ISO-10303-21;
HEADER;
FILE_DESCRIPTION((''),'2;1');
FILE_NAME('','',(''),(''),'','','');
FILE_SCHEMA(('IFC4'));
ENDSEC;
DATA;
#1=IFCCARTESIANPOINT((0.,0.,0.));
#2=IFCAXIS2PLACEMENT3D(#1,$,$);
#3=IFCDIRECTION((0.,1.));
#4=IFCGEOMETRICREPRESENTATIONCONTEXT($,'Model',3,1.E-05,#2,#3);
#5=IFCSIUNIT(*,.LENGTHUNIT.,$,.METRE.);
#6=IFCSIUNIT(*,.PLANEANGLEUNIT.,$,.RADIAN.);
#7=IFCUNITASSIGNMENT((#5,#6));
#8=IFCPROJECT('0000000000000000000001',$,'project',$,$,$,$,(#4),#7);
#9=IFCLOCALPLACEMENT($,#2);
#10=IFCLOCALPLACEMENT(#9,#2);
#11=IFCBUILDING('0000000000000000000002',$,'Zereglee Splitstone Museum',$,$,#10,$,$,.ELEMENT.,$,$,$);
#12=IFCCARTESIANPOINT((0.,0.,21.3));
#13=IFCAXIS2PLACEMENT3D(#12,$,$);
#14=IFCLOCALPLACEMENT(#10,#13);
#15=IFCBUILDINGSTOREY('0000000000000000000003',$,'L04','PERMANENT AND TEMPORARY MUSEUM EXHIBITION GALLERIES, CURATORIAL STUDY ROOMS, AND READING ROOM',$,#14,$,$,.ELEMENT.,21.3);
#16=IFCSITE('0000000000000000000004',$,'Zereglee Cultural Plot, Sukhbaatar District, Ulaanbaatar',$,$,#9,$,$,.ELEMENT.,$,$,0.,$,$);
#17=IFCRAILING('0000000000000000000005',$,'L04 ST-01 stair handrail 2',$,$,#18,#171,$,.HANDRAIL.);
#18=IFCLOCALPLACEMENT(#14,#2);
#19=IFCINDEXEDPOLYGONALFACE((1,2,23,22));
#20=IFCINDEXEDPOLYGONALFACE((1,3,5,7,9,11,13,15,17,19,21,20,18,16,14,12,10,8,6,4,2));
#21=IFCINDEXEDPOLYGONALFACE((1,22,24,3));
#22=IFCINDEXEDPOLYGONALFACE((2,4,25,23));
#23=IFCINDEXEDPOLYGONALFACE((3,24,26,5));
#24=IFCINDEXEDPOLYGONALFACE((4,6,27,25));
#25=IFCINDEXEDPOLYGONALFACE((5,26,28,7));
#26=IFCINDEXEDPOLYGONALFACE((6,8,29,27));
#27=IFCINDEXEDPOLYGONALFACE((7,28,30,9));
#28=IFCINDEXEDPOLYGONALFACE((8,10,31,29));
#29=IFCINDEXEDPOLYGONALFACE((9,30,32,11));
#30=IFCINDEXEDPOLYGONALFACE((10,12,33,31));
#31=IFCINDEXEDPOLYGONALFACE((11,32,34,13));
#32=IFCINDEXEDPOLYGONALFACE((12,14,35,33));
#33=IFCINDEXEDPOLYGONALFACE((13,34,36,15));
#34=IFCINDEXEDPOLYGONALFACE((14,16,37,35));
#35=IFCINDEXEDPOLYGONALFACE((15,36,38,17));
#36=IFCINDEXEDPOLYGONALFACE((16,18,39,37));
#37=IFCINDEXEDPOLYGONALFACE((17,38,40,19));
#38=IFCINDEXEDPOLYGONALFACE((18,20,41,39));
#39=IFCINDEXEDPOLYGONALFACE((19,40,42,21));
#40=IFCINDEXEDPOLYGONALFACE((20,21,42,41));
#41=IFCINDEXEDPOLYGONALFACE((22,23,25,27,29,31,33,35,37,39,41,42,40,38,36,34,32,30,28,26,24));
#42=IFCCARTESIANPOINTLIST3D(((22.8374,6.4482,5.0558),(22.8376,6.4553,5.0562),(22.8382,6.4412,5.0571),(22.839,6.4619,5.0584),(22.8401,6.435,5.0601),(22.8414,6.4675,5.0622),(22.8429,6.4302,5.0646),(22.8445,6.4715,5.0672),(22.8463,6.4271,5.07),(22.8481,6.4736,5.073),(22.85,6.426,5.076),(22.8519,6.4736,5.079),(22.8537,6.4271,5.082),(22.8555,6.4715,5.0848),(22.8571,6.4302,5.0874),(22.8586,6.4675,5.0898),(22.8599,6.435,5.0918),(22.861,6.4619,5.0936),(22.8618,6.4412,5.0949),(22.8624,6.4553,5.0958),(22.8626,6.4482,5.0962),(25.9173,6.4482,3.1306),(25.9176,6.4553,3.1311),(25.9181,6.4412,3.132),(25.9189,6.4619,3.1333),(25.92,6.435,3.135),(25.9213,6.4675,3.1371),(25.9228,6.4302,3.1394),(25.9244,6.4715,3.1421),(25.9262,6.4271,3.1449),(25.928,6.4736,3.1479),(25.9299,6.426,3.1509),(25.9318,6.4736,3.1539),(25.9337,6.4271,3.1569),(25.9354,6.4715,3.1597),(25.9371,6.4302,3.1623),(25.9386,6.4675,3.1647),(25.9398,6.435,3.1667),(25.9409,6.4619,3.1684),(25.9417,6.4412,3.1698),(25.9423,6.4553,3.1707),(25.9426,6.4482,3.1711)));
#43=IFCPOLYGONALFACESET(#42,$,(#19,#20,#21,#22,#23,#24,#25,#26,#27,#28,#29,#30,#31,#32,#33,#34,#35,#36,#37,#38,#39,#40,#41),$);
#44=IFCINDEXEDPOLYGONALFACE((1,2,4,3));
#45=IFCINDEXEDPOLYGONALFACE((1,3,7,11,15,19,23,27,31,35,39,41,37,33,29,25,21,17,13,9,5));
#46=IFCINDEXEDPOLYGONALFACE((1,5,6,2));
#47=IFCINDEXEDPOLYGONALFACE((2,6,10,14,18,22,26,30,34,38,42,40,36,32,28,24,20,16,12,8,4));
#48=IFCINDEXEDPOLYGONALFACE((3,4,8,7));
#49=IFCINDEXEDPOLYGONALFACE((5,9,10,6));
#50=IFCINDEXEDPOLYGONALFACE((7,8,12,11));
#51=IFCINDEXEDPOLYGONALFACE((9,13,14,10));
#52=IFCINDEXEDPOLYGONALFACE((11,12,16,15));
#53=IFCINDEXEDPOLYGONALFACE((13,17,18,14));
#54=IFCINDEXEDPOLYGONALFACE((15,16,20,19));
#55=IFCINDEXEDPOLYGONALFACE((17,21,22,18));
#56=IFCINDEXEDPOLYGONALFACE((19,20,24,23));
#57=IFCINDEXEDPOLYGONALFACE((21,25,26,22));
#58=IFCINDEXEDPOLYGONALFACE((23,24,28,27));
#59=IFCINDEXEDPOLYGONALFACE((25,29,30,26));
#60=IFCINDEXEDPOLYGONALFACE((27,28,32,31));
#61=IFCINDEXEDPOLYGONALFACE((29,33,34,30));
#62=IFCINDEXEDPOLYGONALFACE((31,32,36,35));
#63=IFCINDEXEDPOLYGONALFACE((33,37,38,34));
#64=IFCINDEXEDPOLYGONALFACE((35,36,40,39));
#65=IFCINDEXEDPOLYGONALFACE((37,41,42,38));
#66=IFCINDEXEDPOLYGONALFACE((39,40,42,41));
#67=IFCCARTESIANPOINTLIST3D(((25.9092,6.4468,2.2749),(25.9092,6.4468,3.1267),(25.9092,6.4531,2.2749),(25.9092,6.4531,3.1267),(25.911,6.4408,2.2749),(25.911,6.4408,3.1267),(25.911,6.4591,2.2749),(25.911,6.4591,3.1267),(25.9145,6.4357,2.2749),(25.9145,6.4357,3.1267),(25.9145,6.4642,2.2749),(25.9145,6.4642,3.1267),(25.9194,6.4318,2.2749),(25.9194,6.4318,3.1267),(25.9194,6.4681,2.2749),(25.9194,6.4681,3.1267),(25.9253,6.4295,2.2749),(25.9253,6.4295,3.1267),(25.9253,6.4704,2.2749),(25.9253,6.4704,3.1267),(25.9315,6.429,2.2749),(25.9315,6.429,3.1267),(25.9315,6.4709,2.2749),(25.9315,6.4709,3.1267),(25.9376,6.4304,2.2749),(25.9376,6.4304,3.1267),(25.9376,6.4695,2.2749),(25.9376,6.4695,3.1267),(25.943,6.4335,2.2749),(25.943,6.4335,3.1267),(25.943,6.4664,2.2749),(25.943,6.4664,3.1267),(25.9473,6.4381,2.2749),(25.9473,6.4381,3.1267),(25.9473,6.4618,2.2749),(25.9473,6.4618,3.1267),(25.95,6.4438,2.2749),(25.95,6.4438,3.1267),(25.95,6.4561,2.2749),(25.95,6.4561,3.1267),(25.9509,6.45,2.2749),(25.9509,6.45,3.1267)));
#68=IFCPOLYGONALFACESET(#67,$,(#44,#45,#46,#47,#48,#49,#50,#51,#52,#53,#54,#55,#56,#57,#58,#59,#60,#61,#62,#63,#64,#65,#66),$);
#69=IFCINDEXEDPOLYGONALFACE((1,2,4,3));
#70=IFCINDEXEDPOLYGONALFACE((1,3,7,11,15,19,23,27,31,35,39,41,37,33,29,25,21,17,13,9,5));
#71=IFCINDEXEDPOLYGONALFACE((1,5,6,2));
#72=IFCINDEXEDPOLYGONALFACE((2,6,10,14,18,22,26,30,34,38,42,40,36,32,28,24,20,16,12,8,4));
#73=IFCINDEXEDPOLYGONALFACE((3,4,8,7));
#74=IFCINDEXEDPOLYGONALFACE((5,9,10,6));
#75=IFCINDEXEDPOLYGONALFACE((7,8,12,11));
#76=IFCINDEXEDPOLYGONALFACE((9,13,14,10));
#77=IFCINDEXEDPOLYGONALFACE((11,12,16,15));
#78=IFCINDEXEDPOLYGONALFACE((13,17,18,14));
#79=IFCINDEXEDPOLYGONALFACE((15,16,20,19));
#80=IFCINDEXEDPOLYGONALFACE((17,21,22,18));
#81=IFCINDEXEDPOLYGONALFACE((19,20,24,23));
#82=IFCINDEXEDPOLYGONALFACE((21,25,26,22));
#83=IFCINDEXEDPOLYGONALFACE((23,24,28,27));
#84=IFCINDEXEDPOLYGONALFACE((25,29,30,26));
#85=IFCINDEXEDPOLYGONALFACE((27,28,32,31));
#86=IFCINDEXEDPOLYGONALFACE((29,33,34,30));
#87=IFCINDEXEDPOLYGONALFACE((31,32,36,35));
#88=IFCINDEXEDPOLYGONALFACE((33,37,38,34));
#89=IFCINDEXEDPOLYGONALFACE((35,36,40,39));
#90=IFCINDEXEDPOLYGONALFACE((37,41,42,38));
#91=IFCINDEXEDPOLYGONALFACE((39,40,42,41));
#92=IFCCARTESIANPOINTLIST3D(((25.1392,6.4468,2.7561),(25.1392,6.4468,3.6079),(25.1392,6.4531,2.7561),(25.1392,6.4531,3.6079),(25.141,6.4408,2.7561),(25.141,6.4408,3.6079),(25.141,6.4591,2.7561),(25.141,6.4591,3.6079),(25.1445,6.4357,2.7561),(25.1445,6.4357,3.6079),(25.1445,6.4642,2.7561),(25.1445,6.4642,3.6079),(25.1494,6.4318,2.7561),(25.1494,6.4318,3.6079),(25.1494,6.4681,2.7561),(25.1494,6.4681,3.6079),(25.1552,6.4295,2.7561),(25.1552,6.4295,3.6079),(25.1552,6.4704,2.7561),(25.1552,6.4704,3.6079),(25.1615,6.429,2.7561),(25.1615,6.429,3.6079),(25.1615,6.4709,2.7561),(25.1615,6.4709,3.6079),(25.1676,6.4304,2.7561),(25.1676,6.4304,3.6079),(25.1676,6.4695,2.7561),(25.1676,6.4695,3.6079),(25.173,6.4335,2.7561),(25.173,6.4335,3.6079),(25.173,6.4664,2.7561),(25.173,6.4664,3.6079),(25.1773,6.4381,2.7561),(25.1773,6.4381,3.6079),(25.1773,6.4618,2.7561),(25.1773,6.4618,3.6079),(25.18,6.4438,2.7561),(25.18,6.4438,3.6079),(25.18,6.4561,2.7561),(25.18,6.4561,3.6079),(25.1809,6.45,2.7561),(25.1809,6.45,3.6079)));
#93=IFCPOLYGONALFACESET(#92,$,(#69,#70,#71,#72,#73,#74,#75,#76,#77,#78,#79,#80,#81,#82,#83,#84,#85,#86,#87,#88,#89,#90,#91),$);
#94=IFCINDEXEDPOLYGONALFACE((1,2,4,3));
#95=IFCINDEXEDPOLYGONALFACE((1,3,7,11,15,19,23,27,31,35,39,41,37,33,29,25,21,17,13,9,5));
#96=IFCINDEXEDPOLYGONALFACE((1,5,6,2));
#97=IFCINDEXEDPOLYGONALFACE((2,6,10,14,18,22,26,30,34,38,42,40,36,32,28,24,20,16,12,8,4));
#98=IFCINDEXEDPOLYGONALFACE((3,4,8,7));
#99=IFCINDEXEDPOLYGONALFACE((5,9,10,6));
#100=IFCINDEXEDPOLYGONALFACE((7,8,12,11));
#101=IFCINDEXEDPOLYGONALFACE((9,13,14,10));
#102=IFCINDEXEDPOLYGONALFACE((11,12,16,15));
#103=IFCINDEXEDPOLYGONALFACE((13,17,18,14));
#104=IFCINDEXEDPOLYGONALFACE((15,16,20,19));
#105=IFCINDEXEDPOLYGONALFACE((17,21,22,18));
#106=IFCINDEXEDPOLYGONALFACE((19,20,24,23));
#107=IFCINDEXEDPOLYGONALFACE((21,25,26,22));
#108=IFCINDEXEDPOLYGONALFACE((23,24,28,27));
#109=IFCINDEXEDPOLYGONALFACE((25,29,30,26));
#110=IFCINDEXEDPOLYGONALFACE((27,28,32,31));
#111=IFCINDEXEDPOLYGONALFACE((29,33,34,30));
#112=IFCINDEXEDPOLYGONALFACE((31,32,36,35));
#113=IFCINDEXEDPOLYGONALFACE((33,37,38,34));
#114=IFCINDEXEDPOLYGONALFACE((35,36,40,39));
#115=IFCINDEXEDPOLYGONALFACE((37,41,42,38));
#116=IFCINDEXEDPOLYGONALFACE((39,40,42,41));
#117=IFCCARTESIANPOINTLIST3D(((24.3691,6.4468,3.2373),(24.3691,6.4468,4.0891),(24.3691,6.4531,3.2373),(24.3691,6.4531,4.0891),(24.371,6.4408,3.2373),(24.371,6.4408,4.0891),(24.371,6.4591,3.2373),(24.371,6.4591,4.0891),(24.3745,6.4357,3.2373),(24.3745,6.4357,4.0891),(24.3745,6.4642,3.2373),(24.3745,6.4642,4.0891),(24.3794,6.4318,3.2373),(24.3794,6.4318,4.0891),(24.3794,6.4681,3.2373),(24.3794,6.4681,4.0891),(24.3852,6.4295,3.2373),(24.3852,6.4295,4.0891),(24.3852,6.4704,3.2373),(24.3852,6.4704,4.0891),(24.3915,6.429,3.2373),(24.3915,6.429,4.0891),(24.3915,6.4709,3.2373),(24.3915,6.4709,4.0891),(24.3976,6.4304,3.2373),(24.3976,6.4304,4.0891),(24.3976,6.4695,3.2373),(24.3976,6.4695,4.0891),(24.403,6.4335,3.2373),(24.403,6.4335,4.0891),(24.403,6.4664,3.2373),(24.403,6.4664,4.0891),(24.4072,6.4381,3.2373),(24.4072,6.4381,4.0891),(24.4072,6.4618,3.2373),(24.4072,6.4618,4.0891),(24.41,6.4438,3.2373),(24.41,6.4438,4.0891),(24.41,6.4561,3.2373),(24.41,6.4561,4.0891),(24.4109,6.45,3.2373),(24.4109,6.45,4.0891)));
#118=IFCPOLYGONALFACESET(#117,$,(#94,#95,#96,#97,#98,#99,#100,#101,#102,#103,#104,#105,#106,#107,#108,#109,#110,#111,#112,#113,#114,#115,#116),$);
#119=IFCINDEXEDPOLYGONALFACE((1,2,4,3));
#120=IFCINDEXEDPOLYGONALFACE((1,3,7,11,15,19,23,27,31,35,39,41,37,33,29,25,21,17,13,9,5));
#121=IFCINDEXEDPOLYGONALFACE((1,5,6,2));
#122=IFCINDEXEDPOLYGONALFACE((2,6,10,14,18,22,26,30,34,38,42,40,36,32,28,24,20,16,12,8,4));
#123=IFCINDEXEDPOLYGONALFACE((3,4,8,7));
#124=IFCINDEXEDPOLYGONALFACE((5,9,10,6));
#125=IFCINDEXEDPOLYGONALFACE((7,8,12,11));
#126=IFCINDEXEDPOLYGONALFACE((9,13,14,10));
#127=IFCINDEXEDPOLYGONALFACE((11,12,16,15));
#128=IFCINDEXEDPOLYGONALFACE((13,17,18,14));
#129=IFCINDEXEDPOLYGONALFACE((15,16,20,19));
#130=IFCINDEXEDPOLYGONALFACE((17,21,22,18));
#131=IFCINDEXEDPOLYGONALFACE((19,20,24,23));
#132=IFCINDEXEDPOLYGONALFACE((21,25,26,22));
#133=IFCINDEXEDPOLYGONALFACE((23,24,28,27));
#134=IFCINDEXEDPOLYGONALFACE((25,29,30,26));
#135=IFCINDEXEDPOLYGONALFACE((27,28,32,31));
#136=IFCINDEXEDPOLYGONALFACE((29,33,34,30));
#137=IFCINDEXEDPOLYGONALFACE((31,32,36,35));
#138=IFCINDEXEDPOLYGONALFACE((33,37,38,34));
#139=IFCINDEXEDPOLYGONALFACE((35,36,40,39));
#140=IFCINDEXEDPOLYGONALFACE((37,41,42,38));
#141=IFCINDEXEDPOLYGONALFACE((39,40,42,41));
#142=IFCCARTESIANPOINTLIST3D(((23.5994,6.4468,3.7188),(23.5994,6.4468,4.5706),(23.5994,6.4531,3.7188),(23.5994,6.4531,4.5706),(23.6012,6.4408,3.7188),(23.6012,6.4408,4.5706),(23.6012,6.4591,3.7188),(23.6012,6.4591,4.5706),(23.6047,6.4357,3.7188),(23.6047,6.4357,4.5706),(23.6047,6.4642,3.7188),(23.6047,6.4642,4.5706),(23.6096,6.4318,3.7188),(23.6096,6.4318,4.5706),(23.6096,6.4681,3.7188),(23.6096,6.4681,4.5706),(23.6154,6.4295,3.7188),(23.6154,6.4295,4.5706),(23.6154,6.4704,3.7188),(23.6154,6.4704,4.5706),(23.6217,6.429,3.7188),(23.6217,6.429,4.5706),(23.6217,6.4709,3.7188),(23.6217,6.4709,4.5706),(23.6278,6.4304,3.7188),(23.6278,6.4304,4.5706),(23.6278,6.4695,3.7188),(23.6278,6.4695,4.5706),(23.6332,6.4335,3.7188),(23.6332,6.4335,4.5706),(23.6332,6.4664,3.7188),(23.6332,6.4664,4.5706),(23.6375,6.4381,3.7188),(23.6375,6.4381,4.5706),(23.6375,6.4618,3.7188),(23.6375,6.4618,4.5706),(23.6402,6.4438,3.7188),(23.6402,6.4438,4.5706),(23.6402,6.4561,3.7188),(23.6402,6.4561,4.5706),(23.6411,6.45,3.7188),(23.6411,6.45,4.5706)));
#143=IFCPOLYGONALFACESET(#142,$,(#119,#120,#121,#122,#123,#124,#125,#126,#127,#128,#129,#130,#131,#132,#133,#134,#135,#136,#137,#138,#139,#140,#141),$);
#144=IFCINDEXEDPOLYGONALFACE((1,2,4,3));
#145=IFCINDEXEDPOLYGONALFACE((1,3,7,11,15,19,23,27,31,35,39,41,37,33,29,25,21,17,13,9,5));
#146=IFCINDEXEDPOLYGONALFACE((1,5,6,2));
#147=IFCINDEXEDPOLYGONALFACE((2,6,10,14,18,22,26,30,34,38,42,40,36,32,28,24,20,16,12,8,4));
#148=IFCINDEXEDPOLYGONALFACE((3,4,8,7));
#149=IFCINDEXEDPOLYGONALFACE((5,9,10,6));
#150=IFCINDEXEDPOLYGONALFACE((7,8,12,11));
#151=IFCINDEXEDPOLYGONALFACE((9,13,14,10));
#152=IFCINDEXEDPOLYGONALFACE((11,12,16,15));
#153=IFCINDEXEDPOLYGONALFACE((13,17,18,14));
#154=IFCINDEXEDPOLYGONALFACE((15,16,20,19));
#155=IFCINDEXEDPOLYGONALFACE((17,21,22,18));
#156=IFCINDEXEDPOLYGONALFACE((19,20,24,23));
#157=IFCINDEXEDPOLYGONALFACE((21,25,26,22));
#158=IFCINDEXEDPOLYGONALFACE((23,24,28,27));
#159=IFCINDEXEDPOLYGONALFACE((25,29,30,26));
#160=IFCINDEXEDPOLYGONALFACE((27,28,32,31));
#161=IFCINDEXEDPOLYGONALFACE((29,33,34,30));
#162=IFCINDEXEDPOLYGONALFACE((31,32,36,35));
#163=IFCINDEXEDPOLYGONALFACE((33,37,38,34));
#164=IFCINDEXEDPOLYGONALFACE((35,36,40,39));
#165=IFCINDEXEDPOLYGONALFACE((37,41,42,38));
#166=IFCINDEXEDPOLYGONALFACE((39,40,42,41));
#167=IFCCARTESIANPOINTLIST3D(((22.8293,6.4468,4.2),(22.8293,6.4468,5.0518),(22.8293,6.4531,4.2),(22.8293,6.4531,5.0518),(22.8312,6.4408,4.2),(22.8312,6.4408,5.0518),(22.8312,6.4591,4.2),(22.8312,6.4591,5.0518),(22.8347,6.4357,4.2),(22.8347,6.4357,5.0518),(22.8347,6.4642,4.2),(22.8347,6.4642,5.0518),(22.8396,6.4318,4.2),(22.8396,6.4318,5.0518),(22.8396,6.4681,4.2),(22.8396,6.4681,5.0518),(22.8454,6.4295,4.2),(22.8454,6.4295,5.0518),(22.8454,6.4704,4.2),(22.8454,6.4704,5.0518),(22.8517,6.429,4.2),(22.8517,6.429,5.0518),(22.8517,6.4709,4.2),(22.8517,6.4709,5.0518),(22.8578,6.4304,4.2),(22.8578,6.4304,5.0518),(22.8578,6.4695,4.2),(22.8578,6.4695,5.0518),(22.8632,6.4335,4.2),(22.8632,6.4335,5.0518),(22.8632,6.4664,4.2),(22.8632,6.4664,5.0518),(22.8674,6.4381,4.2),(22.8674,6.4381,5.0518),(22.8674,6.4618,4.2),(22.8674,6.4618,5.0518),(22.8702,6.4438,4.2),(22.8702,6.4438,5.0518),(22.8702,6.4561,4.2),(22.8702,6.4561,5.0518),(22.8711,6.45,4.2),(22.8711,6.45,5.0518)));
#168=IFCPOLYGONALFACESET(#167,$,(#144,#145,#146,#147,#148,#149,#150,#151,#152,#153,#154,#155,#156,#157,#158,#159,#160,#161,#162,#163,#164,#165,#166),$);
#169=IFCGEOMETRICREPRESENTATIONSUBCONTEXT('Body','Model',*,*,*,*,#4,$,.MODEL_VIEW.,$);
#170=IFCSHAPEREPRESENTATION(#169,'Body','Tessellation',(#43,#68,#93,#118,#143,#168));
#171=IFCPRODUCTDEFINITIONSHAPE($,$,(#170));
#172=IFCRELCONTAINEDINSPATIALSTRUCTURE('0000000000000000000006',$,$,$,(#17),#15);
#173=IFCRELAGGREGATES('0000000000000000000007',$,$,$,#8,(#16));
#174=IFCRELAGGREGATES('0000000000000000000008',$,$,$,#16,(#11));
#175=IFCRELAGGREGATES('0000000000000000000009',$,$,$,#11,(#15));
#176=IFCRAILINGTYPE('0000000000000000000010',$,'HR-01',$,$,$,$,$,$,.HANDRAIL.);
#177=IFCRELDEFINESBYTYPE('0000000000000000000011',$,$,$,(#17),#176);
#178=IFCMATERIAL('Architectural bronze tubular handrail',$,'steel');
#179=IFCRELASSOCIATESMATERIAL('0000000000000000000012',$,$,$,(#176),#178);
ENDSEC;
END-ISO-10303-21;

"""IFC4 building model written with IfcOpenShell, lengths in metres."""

from ifc_helpers import new_model, si_unit, direction, frame, origin, origin_2d, place, context, subcontext, project, spatial, circle, extrude, material, type_object, element, save


model = new_model("IFC4")

# Units and contexts
model_context = context("Model", 3, precision=1e-05, world=origin(), true_north=direction((0.0, 1.0)))
body_context = subcontext(model_context, "Body", "Model", "MODEL_VIEW")
ifc_project = project(units=[si_unit("LENGTHUNIT", "METRE"), si_unit("PLANEANGLEUNIT", "RADIAN")], contexts=[model_context])

# Site, building, storey
site_placement = place(None, origin())
site = spatial("IfcSite", under=ifc_project, at=site_placement, Name="Zereglee Cultural Plot, Sukhbaatar District, Ulaanbaatar", CompositionType="ELEMENT", RefElevation=0.0)
building_placement = place(site_placement, origin())
building = spatial("IfcBuilding", under=site, at=building_placement, Name="Zereglee Splitstone Museum", CompositionType="ELEMENT")
storey_placement = place(building_placement, frame((0.0, 0.0, 21.3)))
storey = spatial("IfcBuildingStorey", under=building, at=storey_placement, Name="L04", Description="PERMANENT AND TEMPORARY MUSEUM EXHIBITION GALLERIES, CURATORIAL STUDY ROOMS, AND READING ROOM", CompositionType="ELEMENT", Elevation=21.3)

# Railing
ifc_material_1 = material(Name="Architectural bronze tubular handrail", Category="steel")
railing_type_1 = type_object("IfcRailingType", Name="HR-01", PredefinedType="HANDRAIL", material=ifc_material_1)
railing_1_placement = place(storey_placement, frame((25.9299, 6.45, 2.2749)))
element("IfcRailing", 1, at=railing_1_placement, inside=storey, type_object=railing_type_1, Name="L04 ST-01 stair handrail 2", PredefinedType="HANDRAIL", context=body_context, shape_type="SweptSolid", body=[
    extrude(circle(Radius=0.0239, at=origin_2d()), frame((0.0, 0.0, 0.876), z_axis=(-0.847979, 0.0, 0.530029), x_axis=(0.0, -1.0, 0.0)), (0.0, 0.0, 1.0), 3.6321),
    extrude(circle(Radius=0.021, at=origin_2d()), origin(), (0.0, 0.0, 1.0), 0.8518),
    extrude(circle(Radius=0.021, at=origin_2d()), frame((-0.77, 0.0, 0.4812)), (0.0, 0.0, 1.0), 0.8518),
    extrude(circle(Radius=0.021, at=origin_2d()), frame((-1.54, 0.0, 0.9624)), (0.0, 0.0, 1.0), 0.8518),
    extrude(circle(Radius=0.021, at=origin_2d()), frame((-2.3098, 0.0, 1.4438)), (0.0, 0.0, 1.0), 0.8518),
    extrude(circle(Radius=0.021, at=origin_2d()), frame((-3.0798, 0.0, 1.925)), (0.0, 0.0, 1.0), 0.8518),
])

save(model, "model.ifc")
